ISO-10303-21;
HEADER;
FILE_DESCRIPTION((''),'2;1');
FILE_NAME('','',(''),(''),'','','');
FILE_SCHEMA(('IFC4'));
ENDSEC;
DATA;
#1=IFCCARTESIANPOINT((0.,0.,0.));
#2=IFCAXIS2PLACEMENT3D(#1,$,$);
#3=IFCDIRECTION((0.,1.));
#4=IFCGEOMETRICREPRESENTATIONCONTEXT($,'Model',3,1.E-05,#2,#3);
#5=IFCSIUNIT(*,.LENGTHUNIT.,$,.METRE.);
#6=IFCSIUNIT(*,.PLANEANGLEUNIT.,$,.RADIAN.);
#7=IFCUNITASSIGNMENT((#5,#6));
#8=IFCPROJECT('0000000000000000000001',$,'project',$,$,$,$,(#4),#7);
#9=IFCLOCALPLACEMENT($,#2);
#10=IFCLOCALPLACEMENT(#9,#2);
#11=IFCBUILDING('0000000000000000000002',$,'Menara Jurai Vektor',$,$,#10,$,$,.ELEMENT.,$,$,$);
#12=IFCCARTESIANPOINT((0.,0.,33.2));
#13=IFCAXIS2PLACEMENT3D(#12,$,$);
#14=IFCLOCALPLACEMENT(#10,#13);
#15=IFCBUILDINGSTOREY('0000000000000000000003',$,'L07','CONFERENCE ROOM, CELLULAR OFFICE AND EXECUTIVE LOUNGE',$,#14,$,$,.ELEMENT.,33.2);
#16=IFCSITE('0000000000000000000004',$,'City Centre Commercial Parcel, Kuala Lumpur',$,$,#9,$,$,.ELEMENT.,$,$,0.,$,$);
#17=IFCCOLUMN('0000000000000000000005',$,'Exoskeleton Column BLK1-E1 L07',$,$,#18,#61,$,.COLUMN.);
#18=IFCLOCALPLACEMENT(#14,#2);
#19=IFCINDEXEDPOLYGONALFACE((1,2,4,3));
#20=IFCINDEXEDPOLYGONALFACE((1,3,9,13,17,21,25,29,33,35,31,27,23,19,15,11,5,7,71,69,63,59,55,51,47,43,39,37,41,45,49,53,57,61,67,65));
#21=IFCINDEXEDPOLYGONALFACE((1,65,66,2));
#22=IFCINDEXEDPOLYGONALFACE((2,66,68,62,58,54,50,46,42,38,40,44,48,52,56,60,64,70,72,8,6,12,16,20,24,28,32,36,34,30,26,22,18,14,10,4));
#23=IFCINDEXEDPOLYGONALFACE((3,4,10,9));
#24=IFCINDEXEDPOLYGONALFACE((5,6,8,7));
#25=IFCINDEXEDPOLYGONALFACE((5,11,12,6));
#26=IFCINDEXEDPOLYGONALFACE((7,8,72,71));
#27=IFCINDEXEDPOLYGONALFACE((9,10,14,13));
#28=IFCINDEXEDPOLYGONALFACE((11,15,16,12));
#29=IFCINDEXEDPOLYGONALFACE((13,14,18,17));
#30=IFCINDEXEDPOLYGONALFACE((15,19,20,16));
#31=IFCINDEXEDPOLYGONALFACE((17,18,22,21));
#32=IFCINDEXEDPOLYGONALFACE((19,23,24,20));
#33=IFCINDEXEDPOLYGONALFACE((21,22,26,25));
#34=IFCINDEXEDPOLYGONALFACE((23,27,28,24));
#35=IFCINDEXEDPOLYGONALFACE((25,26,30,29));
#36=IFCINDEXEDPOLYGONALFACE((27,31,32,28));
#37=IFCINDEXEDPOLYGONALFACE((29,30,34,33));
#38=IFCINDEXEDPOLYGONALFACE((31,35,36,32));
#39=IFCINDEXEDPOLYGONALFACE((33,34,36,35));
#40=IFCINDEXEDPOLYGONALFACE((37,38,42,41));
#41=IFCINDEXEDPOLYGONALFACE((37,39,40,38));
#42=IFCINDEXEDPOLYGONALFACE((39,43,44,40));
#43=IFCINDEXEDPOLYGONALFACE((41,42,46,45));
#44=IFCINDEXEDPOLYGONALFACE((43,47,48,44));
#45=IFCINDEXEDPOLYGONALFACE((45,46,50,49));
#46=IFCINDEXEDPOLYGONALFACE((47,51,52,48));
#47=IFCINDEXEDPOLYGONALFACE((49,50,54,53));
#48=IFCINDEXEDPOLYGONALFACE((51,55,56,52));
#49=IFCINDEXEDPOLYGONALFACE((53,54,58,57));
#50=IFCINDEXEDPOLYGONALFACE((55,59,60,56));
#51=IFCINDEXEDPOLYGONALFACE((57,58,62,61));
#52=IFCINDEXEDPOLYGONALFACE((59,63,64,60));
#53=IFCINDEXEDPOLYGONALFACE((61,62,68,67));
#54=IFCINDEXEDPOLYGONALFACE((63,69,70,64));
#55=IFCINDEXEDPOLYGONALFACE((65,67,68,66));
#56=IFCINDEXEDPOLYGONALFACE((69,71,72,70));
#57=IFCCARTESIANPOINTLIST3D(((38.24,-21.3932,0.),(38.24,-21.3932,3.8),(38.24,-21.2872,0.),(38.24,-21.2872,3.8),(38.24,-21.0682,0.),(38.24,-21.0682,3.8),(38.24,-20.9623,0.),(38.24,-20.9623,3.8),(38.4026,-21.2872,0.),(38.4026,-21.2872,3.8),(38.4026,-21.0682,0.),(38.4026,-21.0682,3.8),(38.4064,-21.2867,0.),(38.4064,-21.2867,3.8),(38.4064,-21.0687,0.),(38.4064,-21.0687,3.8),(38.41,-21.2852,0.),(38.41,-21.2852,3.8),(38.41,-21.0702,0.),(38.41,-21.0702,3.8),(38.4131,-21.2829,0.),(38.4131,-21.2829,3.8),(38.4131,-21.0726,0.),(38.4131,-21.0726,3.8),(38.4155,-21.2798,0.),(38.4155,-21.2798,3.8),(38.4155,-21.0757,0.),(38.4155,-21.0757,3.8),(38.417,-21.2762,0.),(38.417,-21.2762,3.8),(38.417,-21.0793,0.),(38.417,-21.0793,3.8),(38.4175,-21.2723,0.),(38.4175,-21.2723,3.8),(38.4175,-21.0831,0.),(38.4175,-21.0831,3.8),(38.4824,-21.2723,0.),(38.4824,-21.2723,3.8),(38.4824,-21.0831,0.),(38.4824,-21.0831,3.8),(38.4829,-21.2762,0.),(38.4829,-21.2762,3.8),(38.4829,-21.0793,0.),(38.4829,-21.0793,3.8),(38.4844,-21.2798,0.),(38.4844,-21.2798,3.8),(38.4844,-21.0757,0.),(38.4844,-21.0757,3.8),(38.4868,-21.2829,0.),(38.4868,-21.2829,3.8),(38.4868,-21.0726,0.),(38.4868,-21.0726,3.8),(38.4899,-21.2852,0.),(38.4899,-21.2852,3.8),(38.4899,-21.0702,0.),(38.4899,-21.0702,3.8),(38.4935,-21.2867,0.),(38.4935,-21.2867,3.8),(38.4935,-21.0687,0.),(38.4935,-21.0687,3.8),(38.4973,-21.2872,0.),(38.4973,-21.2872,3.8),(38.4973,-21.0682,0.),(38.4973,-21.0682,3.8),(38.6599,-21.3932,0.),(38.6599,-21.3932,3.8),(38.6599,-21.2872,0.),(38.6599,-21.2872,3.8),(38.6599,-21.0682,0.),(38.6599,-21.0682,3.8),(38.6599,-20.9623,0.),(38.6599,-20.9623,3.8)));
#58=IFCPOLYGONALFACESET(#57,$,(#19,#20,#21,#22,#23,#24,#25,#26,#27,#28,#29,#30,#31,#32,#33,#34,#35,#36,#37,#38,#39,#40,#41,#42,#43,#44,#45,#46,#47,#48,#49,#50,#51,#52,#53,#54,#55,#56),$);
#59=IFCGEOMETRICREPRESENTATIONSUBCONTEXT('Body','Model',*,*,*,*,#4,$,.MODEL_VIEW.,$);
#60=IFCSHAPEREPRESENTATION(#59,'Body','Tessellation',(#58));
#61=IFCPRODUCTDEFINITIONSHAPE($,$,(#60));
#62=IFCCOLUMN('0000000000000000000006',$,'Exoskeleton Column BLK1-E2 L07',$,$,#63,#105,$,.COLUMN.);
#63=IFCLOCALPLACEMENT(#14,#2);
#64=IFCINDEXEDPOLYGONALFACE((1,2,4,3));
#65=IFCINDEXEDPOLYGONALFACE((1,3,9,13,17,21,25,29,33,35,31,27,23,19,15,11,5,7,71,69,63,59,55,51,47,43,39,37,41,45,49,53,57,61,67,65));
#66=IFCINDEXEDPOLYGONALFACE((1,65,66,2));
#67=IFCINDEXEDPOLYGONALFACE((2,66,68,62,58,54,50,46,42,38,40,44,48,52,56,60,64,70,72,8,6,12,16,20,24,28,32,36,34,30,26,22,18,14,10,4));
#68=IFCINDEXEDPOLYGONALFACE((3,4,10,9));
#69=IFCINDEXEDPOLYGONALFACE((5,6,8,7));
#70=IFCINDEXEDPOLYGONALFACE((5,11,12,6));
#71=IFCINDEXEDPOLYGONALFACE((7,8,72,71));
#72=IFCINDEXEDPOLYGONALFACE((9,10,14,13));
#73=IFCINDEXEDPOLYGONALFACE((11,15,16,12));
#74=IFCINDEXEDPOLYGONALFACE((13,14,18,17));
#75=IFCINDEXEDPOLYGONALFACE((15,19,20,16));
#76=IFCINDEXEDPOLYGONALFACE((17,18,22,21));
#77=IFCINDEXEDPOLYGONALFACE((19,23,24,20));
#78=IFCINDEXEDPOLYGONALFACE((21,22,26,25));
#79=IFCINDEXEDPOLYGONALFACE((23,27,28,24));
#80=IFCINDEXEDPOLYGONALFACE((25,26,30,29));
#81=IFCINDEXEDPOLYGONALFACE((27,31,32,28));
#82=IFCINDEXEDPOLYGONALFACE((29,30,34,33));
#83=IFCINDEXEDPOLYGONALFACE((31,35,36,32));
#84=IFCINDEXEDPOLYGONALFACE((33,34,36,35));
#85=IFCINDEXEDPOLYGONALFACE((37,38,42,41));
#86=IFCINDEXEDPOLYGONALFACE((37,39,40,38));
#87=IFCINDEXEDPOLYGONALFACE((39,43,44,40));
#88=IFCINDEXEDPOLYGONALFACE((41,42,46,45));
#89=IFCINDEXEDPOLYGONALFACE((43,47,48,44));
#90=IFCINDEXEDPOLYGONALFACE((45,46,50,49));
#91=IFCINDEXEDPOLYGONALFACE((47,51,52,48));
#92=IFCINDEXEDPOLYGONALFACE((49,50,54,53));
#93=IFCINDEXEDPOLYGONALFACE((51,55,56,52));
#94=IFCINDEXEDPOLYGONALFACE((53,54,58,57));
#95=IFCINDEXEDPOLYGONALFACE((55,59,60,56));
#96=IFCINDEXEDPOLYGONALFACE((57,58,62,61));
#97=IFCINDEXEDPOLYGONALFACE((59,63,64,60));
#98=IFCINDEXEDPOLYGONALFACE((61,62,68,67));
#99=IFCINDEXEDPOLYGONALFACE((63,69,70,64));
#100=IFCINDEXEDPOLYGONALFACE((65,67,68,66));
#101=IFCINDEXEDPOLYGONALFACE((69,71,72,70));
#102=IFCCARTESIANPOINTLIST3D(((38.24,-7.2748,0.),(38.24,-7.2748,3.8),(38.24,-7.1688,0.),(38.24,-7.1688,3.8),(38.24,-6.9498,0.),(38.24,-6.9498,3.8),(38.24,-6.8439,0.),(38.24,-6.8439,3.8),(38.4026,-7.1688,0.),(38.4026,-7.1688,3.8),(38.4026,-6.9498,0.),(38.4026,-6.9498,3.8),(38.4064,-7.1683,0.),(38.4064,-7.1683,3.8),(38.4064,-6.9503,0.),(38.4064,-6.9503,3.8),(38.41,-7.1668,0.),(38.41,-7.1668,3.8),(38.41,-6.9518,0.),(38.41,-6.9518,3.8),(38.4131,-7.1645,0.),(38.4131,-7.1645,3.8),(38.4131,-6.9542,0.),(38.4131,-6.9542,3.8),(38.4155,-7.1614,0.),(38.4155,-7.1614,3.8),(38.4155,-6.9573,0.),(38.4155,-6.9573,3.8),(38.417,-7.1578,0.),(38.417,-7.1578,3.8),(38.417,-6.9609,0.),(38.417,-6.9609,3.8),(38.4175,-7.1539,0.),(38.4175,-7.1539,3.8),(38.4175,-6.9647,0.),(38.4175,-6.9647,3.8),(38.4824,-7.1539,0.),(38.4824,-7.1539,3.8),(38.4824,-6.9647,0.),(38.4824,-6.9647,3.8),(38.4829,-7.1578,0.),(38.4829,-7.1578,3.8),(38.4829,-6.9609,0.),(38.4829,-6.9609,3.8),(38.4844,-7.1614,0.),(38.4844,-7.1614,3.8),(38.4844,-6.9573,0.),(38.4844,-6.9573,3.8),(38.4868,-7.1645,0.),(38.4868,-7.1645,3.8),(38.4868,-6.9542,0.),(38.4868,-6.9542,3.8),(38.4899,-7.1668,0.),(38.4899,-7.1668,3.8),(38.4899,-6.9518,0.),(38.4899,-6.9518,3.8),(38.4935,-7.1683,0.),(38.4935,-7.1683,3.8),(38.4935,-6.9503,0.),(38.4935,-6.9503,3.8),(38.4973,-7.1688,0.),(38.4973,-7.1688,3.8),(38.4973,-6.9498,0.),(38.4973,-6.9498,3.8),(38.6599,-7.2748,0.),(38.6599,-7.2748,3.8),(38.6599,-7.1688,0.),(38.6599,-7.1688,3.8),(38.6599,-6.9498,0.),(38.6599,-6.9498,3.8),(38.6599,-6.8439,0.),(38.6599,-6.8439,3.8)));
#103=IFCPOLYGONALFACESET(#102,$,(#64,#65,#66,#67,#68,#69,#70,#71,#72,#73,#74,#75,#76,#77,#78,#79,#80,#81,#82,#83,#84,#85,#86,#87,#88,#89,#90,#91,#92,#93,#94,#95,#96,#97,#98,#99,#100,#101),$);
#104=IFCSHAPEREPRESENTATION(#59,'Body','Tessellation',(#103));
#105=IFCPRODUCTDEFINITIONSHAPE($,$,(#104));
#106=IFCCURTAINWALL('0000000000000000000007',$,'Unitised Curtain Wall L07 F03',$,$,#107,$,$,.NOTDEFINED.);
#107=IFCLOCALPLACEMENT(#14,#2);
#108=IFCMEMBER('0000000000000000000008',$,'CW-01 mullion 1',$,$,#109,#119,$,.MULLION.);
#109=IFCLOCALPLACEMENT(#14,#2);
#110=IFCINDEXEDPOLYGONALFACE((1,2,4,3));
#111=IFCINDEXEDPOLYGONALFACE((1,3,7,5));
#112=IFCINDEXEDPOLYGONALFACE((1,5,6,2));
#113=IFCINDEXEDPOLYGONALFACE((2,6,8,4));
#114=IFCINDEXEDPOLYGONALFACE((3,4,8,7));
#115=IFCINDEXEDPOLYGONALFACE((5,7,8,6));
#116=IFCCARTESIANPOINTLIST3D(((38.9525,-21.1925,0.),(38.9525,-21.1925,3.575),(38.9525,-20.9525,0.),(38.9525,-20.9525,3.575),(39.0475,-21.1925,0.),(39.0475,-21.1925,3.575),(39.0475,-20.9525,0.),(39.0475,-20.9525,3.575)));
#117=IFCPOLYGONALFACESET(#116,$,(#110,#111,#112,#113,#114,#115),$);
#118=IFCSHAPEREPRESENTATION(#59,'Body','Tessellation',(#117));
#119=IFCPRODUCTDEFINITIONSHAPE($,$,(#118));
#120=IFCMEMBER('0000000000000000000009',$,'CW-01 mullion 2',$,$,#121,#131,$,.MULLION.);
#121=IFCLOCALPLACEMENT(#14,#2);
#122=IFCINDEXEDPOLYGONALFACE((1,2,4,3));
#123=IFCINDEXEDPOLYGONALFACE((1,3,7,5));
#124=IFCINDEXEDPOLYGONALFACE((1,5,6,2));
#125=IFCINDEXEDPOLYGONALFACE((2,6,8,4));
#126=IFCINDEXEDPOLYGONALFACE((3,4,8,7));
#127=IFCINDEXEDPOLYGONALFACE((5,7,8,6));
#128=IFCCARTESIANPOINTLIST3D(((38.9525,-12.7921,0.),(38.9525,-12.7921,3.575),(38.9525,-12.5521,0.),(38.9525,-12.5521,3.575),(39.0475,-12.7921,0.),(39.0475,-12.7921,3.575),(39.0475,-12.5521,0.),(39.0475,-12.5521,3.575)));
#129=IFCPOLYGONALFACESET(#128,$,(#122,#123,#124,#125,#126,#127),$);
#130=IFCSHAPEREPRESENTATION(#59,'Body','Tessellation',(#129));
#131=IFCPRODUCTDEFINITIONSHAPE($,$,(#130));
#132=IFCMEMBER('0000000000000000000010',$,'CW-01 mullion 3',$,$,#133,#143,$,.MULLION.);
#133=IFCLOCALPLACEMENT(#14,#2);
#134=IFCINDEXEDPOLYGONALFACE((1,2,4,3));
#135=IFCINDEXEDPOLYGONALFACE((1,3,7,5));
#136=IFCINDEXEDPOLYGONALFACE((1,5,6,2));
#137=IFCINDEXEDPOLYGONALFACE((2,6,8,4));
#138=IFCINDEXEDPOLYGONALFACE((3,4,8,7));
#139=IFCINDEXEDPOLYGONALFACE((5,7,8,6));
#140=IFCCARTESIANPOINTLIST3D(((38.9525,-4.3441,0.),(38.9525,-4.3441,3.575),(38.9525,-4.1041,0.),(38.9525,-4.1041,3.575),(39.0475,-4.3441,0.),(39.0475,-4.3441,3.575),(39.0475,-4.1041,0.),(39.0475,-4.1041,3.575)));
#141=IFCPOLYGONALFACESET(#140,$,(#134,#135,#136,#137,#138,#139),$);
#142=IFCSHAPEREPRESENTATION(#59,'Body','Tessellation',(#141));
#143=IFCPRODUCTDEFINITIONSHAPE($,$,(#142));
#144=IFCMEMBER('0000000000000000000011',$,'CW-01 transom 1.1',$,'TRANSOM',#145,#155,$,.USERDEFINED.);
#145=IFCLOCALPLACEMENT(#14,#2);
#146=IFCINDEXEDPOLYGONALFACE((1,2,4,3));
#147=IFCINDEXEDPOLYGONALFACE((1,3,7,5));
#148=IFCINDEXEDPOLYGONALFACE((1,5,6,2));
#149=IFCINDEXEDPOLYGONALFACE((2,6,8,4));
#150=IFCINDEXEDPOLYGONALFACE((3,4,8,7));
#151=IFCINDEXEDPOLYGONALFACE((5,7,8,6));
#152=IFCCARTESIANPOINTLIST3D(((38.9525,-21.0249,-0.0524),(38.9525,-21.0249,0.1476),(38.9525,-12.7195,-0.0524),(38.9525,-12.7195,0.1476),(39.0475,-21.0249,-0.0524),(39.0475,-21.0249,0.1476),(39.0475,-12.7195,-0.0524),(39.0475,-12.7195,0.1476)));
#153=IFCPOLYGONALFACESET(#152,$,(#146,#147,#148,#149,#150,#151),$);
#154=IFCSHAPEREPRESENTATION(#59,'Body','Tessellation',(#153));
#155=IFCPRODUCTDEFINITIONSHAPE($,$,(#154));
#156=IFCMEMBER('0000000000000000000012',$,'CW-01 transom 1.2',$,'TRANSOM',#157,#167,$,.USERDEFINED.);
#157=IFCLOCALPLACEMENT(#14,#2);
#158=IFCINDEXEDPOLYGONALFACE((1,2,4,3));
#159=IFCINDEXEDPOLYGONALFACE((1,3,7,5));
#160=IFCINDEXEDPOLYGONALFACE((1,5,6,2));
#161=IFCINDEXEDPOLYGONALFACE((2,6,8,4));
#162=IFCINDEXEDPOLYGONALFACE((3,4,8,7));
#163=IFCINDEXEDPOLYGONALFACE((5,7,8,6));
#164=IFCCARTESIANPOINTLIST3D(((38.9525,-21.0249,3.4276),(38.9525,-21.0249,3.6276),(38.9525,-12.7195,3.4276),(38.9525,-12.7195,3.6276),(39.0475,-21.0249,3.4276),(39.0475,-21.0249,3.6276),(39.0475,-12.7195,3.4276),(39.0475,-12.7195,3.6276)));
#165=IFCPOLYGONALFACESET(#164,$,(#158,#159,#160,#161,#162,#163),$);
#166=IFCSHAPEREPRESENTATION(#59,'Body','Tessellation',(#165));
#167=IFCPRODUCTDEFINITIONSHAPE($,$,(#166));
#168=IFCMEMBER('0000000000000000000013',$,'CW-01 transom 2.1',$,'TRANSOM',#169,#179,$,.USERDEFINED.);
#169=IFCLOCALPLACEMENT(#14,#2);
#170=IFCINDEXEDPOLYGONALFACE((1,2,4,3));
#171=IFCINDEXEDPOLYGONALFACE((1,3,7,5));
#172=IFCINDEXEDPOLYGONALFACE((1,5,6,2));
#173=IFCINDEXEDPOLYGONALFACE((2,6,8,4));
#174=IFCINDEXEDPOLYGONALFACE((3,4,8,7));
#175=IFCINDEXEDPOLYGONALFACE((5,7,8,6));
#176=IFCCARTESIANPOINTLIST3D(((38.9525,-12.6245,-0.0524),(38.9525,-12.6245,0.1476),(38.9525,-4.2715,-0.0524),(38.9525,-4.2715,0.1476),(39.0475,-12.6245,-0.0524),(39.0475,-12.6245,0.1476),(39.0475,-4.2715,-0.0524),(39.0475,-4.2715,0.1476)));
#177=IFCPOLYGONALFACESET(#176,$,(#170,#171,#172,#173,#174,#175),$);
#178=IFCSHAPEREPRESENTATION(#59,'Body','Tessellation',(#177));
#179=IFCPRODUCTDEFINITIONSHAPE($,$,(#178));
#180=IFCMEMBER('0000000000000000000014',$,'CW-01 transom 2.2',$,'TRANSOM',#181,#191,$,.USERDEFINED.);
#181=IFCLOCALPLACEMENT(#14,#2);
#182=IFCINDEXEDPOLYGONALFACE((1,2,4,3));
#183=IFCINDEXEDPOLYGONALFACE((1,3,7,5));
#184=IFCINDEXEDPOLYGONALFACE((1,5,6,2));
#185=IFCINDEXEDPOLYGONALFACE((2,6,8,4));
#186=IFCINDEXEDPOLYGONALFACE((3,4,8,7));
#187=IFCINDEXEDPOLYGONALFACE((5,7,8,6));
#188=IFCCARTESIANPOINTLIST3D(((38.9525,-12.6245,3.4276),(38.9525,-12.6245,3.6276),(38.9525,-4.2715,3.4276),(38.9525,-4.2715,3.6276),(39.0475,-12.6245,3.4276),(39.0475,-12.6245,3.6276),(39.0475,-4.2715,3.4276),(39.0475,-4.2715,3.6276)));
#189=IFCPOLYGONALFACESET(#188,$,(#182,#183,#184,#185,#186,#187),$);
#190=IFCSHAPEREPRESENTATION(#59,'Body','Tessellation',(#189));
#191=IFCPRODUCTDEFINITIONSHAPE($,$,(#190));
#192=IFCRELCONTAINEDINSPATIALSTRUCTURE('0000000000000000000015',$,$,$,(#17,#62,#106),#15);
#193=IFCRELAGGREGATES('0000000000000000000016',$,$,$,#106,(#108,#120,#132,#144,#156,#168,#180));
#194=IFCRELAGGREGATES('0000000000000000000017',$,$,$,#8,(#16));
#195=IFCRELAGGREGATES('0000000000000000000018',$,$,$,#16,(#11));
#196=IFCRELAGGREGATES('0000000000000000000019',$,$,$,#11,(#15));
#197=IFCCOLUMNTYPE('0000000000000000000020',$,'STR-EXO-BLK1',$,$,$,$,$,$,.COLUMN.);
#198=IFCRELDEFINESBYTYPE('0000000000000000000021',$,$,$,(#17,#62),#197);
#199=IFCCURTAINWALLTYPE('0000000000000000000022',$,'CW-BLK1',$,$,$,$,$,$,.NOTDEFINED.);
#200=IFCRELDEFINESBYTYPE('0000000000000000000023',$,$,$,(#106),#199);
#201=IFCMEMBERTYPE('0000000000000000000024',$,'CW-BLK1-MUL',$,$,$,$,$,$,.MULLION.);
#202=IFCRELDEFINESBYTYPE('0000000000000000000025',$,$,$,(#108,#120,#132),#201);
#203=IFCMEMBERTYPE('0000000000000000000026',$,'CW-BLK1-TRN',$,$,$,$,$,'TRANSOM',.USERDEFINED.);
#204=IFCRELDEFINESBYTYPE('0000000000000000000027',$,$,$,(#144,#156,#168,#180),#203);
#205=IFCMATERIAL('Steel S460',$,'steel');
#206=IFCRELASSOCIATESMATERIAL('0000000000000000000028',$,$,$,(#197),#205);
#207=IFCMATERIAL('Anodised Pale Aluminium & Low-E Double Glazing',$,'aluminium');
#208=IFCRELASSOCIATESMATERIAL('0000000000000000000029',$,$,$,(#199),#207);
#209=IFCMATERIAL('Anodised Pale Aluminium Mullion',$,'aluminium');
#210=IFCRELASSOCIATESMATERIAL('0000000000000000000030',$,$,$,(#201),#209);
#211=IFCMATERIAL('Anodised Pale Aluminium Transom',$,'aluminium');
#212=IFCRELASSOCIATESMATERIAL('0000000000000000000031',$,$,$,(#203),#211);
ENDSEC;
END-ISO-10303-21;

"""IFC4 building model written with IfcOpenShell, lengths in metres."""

from ifc_helpers import new_model, si_unit, direction, frame, origin, origin_2d, place, context, subcontext, project, spatial, rectangle, i_section, extrude, material, material_profile, profile_set, type_object, element, aggregate, save


model = new_model("IFC4")

# Units and contexts
model_context = context("Model", 3, precision=1e-05, world=origin(), true_north=direction((0.0, 1.0)))
body_context = subcontext(model_context, "Body", "Model", "MODEL_VIEW")
ifc_project = project(units=[si_unit("LENGTHUNIT", "METRE"), si_unit("PLANEANGLEUNIT", "RADIAN")], contexts=[model_context])

# Site, building, storey
site_placement = place(None, origin())
site = spatial("IfcSite", under=ifc_project, at=site_placement, Name="City Centre Commercial Parcel, Kuala Lumpur", CompositionType="ELEMENT", RefElevation=0.0)
building_placement = place(site_placement, origin())
building = spatial("IfcBuilding", under=site, at=building_placement, Name="Menara Jurai Vektor", CompositionType="ELEMENT")
storey_placement = place(building_placement, frame((0.0, 0.0, 33.2)))
storey = spatial("IfcBuildingStorey", under=building, at=storey_placement, Name="L07", Description="CONFERENCE ROOM, CELLULAR OFFICE AND EXECUTIVE LOUNGE", CompositionType="ELEMENT", Elevation=33.2)

# Columns
ifc_material_1 = material(Name="Steel S460", Category="steel")
ifc_material_profile_1 = material_profile(ifc_material_1, i_section(OverallWidth=0.4199, OverallDepth=0.4309, WebThickness=0.0649, FlangeThickness=0.106, FilletRadius=0.0149, at=origin_2d()), Name="HD 400x900")
ifc_profile_set_1 = profile_set([ifc_material_profile_1], Name="Steel S460")
column_type = type_object("IfcColumnType", Name="STR-EXO-BLK1", PredefinedType="COLUMN", material=ifc_profile_set_1)
for number, where, z_axis, x_axis, name in (
    (1, (38.45, -21.1777, 0.0), (0.0, 0.0, 1.0), (1.0, 0.0, 0.0), "Exoskeleton Column BLK1-E1 L07"),
    (2, (38.45, -7.0593, 0.0), (0.0, 0.0, 1.0), (1.0, 0.0, 0.0), "Exoskeleton Column BLK1-E2 L07"),
):
    element("IfcColumn", number, at=place(storey_placement, frame(where, z_axis=z_axis, x_axis=x_axis)), inside=storey, type_object=column_type, Name=name, PredefinedType="COLUMN", context=body_context, shape_type="SweptSolid", body=[
        extrude(i_section(OverallWidth=0.4199, OverallDepth=0.4309, WebThickness=0.0649, FlangeThickness=0.106, FilletRadius=0.0149, at=origin_2d()), origin(), (0.0, 0.0, 1.0), 3.8),
    ])

# Curtain wall, members
ifc_material_2 = material(Name="Anodised Pale Aluminium & Low-E Double Glazing", Category="aluminium")
curtain_wall_type = type_object("IfcCurtainWallType", Name="CW-BLK1", PredefinedType="NOTDEFINED", material=ifc_material_2)
curtain_wall_placement = place(storey_placement, origin())
curtain_wall = element("IfcCurtainWall", 3, at=curtain_wall_placement, inside=storey, type_object=curtain_wall_type, Name="Unitised Curtain Wall L07 F03", PredefinedType="NOTDEFINED")
ifc_material_3 = material(Name="Anodised Pale Aluminium Mullion", Category="aluminium")
ifc_material_profile_2 = material_profile(ifc_material_3, rectangle(XDim=0.095, YDim=0.24, at=origin_2d()), Name="ALU MUL 95x240")
ifc_profile_set_2 = profile_set([ifc_material_profile_2], Name="Anodised Pale Aluminium Mullion")
member_type_1 = type_object("IfcMemberType", Name="CW-BLK1-MUL", PredefinedType="MULLION", material=ifc_profile_set_2)
member_1_placement = place(storey_placement, frame((39.0, -21.0725, 0.0), z_axis=(0.0, 0.0, 1.0), x_axis=(-1.0, 0.0, 0.0)))
member_1 = element("IfcMember", 4, at=member_1_placement, type_object=member_type_1, Name="CW-01 mullion 1", PredefinedType="MULLION", context=body_context, shape_type="SweptSolid", body=[
    extrude(rectangle(XDim=0.095, YDim=0.24, at=origin_2d()), origin(), (0.0, 0.0, 1.0), 3.575),
])
member_2_placement = place(storey_placement, frame((39.0, -12.6721, 0.0), z_axis=(0.0, 0.0, 1.0), x_axis=(-1.0, 0.0, 0.0)))
member_2 = element("IfcMember", 5, at=member_2_placement, type_object=member_type_1, Name="CW-01 mullion 2", PredefinedType="MULLION", context=body_context, shape_type="SweptSolid", body=[
    extrude(rectangle(XDim=0.095, YDim=0.24, at=origin_2d()), origin(), (0.0, 0.0, 1.0), 3.575),
])
member_3_placement = place(storey_placement, frame((39.0, -4.2241, 0.0), z_axis=(0.0, 0.0, 1.0), x_axis=(-1.0, 0.0, 0.0)))
member_3 = element("IfcMember", 6, at=member_3_placement, type_object=member_type_1, Name="CW-01 mullion 3", PredefinedType="MULLION", context=body_context, shape_type="SweptSolid", body=[
    extrude(rectangle(XDim=0.095, YDim=0.24, at=origin_2d()), origin(), (0.0, 0.0, 1.0), 3.575),
])
ifc_material_4 = material(Name="Anodised Pale Aluminium Transom", Category="aluminium")
ifc_material_profile_3 = material_profile(ifc_material_4, rectangle(XDim=0.095, YDim=0.2, at=origin_2d()), Name="ALU TRN 95x200")
ifc_profile_set_3 = profile_set([ifc_material_profile_3], Name="Anodised Pale Aluminium Transom")
member_type_2 = type_object("IfcMemberType", Name="CW-BLK1-TRN", ElementType="TRANSOM", PredefinedType="USERDEFINED", material=ifc_profile_set_3)
member_4_placement = place(storey_placement, frame((39.0, -21.0249, 0.0476), z_axis=(0.0, 1.0, 0.0), x_axis=(-1.0, 0.0, 0.0)))
member_4 = element("IfcMember", 7, at=member_4_placement, type_object=member_type_2, Name="CW-01 transom 1.1", ObjectType="TRANSOM", PredefinedType="USERDEFINED", context=body_context, shape_type="SweptSolid", body=[
    extrude(rectangle(XDim=0.095, YDim=0.2, at=origin_2d()), origin(), (0.0, 0.0, 1.0), 8.3054),
])
member_5_placement = place(storey_placement, frame((39.0, -21.0249, 3.5276), z_axis=(0.0, 1.0, 0.0), x_axis=(-1.0, 0.0, 0.0)))
member_5 = element("IfcMember", 8, at=member_5_placement, type_object=member_type_2, Name="CW-01 transom 1.2", ObjectType="TRANSOM", PredefinedType="USERDEFINED", context=body_context, shape_type="SweptSolid", body=[
    extrude(rectangle(XDim=0.095, YDim=0.2, at=origin_2d()), origin(), (0.0, 0.0, 1.0), 8.3054),
])
member_6_placement = place(storey_placement, frame((39.0, -12.6245, 0.0476), z_axis=(0.0, 1.0, 0.0), x_axis=(-1.0, 0.0, 0.0)))
member_6 = element("IfcMember", 9, at=member_6_placement, type_object=member_type_2, Name="CW-01 transom 2.1", ObjectType="TRANSOM", PredefinedType="USERDEFINED", context=body_context, shape_type="SweptSolid", body=[
    extrude(rectangle(XDim=0.095, YDim=0.2, at=origin_2d()), origin(), (0.0, 0.0, 1.0), 8.353),
])
member_7_placement = place(storey_placement, frame((39.0, -12.6245, 3.5276), z_axis=(0.0, 1.0, 0.0), x_axis=(-1.0, 0.0, 0.0)))
member_7 = element("IfcMember", 10, at=member_7_placement, type_object=member_type_2, Name="CW-01 transom 2.2", ObjectType="TRANSOM", PredefinedType="USERDEFINED", context=body_context, shape_type="SweptSolid", body=[
    extrude(rectangle(XDim=0.095, YDim=0.2, at=origin_2d()), origin(), (0.0, 0.0, 1.0), 8.353),
])

aggregate(curtain_wall, [member_1, member_2, member_3, member_4, member_5, member_6, member_7])

save(model, "model.ifc")
